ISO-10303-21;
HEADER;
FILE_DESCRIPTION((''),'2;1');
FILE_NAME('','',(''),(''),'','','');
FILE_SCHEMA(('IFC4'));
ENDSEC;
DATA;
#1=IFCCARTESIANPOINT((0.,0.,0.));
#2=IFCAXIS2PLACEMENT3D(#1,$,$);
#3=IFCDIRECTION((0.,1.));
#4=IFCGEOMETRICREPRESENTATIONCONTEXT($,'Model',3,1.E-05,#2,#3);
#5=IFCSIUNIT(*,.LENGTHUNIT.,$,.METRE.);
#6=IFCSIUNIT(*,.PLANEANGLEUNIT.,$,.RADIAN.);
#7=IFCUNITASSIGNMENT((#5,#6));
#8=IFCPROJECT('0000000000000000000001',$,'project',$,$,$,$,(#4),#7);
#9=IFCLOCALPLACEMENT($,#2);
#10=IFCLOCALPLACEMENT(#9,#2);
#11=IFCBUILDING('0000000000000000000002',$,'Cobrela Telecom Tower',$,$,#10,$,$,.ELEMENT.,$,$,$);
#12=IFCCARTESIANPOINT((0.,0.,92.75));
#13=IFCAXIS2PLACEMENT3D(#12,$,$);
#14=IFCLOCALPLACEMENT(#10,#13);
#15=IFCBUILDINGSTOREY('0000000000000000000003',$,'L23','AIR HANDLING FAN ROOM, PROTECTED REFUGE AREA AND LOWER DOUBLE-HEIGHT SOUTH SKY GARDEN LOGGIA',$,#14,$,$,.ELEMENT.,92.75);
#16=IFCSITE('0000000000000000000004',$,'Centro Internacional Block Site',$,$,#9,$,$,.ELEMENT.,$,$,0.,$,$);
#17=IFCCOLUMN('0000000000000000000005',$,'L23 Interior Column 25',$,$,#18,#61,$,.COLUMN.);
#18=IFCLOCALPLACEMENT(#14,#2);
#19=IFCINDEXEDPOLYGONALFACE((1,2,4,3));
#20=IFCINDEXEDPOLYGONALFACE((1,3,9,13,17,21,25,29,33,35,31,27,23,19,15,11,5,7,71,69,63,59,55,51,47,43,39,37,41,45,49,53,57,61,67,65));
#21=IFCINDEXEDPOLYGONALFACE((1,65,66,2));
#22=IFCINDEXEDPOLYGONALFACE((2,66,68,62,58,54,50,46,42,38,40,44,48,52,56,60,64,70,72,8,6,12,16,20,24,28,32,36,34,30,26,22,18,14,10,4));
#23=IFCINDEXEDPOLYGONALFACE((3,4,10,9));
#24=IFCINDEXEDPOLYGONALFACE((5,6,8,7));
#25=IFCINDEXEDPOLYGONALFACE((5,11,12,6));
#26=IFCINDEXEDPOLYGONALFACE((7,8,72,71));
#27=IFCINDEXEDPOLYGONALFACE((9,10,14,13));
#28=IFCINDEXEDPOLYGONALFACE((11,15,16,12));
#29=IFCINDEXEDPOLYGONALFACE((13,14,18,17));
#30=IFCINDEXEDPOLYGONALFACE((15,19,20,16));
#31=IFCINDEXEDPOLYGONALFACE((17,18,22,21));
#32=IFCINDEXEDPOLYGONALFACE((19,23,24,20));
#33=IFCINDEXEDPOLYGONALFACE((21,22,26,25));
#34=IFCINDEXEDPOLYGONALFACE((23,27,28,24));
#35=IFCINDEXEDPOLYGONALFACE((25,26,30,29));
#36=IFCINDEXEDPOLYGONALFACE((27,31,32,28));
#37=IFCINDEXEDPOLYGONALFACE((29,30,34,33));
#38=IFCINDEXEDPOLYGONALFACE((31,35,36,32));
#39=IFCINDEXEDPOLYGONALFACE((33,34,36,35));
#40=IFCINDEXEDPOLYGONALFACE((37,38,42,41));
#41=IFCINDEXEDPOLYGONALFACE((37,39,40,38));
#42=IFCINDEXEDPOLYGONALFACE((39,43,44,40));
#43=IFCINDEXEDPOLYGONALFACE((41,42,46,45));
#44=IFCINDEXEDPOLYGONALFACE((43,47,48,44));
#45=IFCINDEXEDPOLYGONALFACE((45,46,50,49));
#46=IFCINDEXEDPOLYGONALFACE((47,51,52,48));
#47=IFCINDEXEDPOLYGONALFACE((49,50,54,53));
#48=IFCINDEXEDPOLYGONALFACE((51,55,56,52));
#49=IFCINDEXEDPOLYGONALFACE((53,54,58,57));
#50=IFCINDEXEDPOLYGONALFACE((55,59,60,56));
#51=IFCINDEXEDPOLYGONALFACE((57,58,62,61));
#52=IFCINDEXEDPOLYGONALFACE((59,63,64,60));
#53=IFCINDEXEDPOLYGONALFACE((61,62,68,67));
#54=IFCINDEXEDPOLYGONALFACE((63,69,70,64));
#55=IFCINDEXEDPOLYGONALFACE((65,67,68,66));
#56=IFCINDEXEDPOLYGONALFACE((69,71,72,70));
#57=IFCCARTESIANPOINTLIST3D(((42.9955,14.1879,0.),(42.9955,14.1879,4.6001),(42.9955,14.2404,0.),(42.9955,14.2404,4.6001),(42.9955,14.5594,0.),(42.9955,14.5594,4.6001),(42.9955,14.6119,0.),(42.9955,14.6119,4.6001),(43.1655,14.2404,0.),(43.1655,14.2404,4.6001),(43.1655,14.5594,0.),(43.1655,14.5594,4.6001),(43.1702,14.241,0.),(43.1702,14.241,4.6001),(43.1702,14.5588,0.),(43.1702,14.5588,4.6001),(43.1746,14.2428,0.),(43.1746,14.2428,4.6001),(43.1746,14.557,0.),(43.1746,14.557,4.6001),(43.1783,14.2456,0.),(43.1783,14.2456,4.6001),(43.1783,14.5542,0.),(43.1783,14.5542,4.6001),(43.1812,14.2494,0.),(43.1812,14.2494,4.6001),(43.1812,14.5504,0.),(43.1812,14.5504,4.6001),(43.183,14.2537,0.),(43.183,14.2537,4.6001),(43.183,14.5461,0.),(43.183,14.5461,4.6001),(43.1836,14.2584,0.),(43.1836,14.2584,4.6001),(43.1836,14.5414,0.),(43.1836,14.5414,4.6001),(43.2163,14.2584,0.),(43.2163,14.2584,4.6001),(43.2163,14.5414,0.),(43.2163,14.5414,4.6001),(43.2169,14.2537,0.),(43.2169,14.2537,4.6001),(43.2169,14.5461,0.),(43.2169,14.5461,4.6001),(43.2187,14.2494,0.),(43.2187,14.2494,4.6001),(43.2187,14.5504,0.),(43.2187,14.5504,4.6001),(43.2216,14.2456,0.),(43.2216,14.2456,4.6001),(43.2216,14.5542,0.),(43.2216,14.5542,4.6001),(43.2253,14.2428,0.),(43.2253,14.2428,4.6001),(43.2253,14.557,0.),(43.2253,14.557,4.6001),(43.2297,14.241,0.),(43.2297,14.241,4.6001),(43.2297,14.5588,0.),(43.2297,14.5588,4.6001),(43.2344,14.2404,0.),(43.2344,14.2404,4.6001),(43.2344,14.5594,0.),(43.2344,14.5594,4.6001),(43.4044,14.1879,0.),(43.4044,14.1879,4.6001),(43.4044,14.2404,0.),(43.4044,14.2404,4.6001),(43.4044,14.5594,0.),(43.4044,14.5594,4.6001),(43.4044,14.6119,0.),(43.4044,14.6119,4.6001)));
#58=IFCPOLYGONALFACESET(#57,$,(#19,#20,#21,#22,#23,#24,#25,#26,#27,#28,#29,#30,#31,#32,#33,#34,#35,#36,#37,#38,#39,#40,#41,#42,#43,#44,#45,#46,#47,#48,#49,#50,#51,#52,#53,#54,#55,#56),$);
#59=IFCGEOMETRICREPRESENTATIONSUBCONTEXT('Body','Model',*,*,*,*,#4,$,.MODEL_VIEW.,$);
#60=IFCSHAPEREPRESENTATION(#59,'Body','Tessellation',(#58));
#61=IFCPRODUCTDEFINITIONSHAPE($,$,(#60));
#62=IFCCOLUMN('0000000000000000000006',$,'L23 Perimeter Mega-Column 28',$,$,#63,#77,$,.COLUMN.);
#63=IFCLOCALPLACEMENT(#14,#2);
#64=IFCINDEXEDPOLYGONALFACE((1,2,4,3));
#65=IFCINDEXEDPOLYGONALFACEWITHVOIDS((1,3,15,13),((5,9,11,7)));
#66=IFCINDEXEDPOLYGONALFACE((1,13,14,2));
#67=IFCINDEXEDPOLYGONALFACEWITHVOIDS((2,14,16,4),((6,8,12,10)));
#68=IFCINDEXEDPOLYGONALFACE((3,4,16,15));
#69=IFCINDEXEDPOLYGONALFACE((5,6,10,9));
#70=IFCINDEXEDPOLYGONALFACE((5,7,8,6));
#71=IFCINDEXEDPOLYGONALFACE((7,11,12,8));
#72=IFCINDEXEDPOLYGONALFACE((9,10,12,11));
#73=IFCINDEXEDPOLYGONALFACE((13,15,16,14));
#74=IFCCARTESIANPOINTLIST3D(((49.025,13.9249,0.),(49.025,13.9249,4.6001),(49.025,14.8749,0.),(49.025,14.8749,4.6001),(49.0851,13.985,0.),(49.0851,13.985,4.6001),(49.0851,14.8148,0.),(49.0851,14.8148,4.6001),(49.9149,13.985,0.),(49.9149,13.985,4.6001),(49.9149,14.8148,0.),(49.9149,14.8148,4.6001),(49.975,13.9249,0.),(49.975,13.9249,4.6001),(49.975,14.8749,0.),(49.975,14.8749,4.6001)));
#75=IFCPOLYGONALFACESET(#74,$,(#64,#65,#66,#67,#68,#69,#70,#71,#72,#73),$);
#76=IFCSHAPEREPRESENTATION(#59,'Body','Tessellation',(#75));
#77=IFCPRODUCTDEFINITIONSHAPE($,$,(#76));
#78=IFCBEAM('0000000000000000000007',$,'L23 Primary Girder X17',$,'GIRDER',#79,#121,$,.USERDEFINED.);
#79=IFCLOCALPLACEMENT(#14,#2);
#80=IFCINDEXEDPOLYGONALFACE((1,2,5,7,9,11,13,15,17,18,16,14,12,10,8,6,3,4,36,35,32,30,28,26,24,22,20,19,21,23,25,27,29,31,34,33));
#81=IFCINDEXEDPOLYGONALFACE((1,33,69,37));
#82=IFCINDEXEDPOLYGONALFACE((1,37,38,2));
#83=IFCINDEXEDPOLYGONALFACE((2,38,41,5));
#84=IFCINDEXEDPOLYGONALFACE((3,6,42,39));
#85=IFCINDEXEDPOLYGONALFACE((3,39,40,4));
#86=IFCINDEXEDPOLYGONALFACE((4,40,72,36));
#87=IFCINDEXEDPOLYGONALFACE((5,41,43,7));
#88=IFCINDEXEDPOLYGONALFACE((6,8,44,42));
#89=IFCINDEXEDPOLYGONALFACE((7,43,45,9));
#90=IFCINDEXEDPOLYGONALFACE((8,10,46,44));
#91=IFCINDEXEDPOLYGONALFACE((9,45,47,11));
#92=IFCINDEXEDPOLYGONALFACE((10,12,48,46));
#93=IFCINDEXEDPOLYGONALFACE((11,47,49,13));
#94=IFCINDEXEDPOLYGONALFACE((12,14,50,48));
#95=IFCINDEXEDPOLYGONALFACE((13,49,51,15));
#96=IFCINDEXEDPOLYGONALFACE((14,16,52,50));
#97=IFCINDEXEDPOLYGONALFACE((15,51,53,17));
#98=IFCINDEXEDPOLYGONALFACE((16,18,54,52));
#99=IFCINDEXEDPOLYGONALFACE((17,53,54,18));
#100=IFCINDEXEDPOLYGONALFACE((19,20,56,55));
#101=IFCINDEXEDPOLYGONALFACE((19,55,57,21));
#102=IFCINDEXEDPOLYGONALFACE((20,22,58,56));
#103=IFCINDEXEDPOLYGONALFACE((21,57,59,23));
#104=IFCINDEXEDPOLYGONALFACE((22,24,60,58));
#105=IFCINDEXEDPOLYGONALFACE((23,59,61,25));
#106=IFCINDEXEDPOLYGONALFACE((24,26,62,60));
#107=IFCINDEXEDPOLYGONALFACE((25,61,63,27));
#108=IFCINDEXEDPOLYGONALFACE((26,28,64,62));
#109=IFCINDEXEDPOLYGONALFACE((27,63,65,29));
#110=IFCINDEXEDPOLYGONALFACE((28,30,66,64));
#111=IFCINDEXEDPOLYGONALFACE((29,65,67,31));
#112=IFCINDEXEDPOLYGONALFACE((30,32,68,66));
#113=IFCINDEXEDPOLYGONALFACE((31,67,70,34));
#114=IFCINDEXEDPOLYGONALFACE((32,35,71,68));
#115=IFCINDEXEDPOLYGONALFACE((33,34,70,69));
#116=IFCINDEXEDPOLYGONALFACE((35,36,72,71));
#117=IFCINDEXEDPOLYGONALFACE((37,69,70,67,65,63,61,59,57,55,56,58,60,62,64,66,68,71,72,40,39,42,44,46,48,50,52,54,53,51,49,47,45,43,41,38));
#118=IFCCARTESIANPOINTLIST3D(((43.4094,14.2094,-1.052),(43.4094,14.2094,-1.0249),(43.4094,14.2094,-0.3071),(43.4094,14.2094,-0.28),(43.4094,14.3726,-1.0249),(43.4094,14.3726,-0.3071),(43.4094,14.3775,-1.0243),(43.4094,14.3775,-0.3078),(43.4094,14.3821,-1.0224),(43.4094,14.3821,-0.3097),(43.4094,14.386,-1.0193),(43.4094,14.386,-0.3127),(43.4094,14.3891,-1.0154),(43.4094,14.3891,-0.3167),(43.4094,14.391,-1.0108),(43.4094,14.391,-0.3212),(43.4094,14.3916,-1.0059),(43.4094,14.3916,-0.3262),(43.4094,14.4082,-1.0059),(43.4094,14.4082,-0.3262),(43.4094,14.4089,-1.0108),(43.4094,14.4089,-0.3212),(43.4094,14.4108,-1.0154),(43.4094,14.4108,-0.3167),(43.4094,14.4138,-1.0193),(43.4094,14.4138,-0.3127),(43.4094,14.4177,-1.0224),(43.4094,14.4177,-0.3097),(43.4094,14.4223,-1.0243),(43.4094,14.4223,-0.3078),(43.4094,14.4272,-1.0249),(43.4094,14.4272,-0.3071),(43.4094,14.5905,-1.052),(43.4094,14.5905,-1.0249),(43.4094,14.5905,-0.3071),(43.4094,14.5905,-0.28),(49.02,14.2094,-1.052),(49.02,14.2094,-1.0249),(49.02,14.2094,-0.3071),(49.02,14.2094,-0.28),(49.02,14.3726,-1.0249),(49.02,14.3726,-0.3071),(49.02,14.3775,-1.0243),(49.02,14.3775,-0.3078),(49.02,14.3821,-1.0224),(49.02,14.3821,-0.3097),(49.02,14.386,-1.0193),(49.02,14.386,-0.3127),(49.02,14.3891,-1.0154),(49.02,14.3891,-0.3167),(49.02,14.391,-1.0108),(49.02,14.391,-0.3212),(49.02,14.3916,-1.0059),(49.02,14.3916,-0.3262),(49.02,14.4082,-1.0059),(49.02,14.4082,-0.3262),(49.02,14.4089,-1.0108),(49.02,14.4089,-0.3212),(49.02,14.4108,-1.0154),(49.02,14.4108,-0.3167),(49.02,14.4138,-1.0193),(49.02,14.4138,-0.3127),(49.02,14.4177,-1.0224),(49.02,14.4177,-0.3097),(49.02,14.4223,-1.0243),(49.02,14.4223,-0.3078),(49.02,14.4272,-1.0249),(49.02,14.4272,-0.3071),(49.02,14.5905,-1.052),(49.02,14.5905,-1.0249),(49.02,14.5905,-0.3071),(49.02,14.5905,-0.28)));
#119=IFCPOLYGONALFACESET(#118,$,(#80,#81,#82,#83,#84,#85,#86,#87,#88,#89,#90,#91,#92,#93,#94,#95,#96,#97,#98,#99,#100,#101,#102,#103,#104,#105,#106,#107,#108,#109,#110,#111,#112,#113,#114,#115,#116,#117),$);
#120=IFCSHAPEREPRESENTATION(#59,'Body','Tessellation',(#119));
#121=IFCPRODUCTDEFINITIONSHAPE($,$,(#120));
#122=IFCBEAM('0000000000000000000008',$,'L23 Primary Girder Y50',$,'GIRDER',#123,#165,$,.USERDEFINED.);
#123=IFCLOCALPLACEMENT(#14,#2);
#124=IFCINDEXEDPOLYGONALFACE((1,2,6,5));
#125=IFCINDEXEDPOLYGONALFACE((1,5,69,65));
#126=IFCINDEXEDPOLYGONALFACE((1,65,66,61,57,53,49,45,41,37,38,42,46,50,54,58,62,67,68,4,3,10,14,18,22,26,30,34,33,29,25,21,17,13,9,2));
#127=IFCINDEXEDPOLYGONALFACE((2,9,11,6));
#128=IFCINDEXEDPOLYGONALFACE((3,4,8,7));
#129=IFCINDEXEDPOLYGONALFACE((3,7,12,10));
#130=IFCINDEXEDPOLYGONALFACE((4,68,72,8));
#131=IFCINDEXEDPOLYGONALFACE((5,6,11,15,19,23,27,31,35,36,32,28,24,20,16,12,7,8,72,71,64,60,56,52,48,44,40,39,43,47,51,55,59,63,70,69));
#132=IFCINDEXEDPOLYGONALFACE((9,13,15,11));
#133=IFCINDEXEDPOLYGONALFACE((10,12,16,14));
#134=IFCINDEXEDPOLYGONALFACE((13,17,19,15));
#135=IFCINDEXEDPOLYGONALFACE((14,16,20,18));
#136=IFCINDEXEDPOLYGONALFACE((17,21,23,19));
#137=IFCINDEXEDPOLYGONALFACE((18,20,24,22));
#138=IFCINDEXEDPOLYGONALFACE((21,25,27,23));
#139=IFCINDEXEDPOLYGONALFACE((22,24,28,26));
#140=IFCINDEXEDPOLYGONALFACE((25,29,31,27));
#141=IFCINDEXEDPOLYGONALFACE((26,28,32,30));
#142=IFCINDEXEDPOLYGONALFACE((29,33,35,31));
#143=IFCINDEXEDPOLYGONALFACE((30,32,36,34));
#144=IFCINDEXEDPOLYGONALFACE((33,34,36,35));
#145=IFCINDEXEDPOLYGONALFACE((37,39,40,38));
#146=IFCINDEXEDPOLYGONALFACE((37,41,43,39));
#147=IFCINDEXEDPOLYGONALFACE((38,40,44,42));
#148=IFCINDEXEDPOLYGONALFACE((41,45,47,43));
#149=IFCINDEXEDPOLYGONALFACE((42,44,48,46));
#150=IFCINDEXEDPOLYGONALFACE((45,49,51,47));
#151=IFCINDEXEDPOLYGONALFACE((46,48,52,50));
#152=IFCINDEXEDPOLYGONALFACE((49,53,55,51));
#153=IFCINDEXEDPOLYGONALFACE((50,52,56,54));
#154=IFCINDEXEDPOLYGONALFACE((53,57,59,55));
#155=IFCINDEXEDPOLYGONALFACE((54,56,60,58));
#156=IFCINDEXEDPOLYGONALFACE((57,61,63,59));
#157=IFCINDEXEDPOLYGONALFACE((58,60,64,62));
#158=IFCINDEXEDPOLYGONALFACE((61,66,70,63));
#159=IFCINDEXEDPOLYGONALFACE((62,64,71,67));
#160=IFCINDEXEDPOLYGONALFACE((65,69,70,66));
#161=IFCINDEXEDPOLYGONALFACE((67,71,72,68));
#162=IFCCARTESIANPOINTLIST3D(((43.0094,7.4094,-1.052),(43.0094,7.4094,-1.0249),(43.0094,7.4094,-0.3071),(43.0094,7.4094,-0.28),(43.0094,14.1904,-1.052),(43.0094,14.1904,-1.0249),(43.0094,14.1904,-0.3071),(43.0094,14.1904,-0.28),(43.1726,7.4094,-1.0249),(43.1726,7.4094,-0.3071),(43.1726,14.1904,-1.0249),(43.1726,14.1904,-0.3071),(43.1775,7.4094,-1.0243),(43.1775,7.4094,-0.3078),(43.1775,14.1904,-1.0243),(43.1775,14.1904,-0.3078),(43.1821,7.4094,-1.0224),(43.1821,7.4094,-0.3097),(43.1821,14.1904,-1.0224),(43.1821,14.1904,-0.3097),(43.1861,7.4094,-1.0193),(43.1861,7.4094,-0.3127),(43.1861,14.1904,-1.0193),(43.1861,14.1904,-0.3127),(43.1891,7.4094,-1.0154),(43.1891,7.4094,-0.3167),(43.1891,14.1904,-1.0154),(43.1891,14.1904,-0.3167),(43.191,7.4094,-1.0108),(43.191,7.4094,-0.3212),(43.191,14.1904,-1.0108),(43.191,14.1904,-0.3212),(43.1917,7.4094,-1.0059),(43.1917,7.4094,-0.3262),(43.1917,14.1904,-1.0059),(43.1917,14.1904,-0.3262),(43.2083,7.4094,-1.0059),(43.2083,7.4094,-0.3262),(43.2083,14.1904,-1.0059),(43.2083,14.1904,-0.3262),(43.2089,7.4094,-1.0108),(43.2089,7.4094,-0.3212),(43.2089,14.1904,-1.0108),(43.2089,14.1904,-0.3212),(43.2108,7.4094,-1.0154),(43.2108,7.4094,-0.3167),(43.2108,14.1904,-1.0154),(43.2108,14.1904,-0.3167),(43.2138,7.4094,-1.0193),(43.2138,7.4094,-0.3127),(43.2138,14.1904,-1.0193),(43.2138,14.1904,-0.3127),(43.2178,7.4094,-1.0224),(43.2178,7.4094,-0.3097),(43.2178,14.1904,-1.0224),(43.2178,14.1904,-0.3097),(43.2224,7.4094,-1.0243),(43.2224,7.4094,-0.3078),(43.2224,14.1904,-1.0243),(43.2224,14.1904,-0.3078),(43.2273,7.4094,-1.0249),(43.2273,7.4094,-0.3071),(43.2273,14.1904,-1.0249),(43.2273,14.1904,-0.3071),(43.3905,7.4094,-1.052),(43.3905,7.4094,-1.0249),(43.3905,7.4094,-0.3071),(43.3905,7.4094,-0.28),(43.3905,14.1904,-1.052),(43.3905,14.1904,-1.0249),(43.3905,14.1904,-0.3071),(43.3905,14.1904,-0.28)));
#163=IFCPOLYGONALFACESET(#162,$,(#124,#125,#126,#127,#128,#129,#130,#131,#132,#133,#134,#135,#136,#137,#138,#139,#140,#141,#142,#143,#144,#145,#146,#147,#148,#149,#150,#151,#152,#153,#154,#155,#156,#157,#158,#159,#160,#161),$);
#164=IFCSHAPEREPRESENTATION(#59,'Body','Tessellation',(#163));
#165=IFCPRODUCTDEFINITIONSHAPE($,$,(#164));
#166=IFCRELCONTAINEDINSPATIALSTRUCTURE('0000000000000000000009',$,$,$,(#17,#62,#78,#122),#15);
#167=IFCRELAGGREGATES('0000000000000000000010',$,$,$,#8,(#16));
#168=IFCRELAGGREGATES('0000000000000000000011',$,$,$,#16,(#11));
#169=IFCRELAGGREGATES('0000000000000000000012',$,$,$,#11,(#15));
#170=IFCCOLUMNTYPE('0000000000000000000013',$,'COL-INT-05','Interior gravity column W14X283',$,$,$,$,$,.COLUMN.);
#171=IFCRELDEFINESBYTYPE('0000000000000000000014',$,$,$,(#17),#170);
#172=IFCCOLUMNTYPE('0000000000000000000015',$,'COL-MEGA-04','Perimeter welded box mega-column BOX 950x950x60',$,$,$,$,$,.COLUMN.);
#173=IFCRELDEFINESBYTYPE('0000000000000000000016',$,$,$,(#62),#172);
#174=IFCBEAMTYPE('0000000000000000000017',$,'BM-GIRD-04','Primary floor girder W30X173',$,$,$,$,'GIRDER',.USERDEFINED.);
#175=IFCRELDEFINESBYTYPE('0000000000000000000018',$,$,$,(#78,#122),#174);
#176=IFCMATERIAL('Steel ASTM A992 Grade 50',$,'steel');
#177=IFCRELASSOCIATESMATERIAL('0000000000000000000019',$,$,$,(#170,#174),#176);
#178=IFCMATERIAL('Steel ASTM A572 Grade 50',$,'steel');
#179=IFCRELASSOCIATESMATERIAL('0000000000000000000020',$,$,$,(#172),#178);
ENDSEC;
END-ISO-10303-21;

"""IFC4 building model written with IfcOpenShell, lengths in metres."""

from ifc_helpers import new_model, si_unit, direction, frame, origin, origin_2d, place, context, subcontext, project, spatial, hollow_rectangle, i_section, extrude, material, material_profile, profile_set, type_object, element, save


model = new_model("IFC4")

# Units and contexts
model_context = context("Model", 3, precision=1e-05, world=origin(), true_north=direction((0.0, 1.0)))
body_context = subcontext(model_context, "Body", "Model", "MODEL_VIEW")
ifc_project = project(units=[si_unit("LENGTHUNIT", "METRE"), si_unit("PLANEANGLEUNIT", "RADIAN")], contexts=[model_context])

# Site, building, storey
site_placement = place(None, origin())
site = spatial("IfcSite", under=ifc_project, at=site_placement, Name="Centro Internacional Block Site", CompositionType="ELEMENT", RefElevation=0.0)
building_placement = place(site_placement, origin())
building = spatial("IfcBuilding", under=site, at=building_placement, Name="Cobrela Telecom Tower", CompositionType="ELEMENT")
storey_placement = place(building_placement, frame((0.0, 0.0, 92.75)))
storey = spatial("IfcBuildingStorey", under=building, at=storey_placement, Name="L23", Description="AIR HANDLING FAN ROOM, PROTECTED REFUGE AREA AND LOWER DOUBLE-HEIGHT SOUTH SKY GARDEN LOGGIA", CompositionType="ELEMENT", Elevation=92.75)

# Columns
ifc_material_1 = material(Name="Steel ASTM A992 Grade 50", Category="steel")
ifc_material_profile_1 = material_profile(ifc_material_1, i_section(OverallWidth=0.4089, OverallDepth=0.4241, WebThickness=0.0327, FlangeThickness=0.0525, FilletRadius=0.0181, at=origin_2d()), Name="W14X283")
ifc_profile_set_1 = profile_set([ifc_material_profile_1], Name="Steel ASTM A992 Grade 50")
column_type_1 = type_object("IfcColumnType", Name="COL-INT-05", Description="Interior gravity column W14X283", PredefinedType="COLUMN", material=ifc_profile_set_1)
column_1_placement = place(storey_placement, frame((43.2, 14.3999, 0.0), z_axis=(0.0, 0.0, 1.0), x_axis=(1.0, 0.0, 0.0)))
element("IfcColumn", 1, at=column_1_placement, inside=storey, type_object=column_type_1, Name="L23 Interior Column 25", PredefinedType="COLUMN", context=body_context, shape_type="SweptSolid", body=[
    extrude(i_section(OverallWidth=0.4089, OverallDepth=0.4241, WebThickness=0.0327, FlangeThickness=0.0525, FilletRadius=0.0181, at=origin_2d()), origin(), (0.0, 0.0, 1.0), 4.6001),
])
ifc_material_2 = material(Name="Steel ASTM A572 Grade 50", Category="steel")
ifc_material_profile_2 = material_profile(ifc_material_2, hollow_rectangle(XDim=0.95, YDim=0.95, WallThickness=0.0601, at=origin_2d()), Name="BOX 950x950x60")
ifc_profile_set_2 = profile_set([ifc_material_profile_2], Name="Steel ASTM A572 Grade 50")
column_type_2 = type_object("IfcColumnType", Name="COL-MEGA-04", Description="Perimeter welded box mega-column BOX 950x950x60", PredefinedType="COLUMN", material=ifc_profile_set_2)
column_2_placement = place(storey_placement, frame((49.5, 14.3999, 0.0), z_axis=(0.0, 0.0, 1.0), x_axis=(1.0, 0.0, 0.0)))
element("IfcColumn", 2, at=column_2_placement, inside=storey, type_object=column_type_2, Name="L23 Perimeter Mega-Column 28", PredefinedType="COLUMN", context=body_context, shape_type="SweptSolid", body=[
    extrude(hollow_rectangle(XDim=0.95, YDim=0.95, WallThickness=0.0601, at=origin_2d()), origin(), (0.0, 0.0, 1.0), 4.6001),
])

# Beams
ifc_material_profile_3 = material_profile(ifc_material_1, i_section(OverallWidth=0.3811, OverallDepth=0.772, WebThickness=0.0166, FlangeThickness=0.0271, FilletRadius=0.019, at=origin_2d()), Name="W30X173")
ifc_profile_set_3 = profile_set([ifc_material_profile_3], Name="Steel ASTM A992 Grade 50")
beam_type_1 = type_object("IfcBeamType", Name="BM-GIRD-04", Description="Primary floor girder W30X173", ElementType="GIRDER", PredefinedType="USERDEFINED", material=ifc_profile_set_3)
beam_1_placement = place(storey_placement, frame((43.4094, 14.3999, -0.666), z_axis=(1.0, 0.0, 0.0), x_axis=(0.0, 1.0, 0.0)))
element("IfcBeam", 3, at=beam_1_placement, inside=storey, type_object=beam_type_1, Name="L23 Primary Girder X17", ObjectType="GIRDER", PredefinedType="USERDEFINED", context=body_context, shape_type="SweptSolid", body=[
    extrude(i_section(OverallWidth=0.3811, OverallDepth=0.772, WebThickness=0.0166, FlangeThickness=0.0271, FilletRadius=0.019, at=origin_2d()), origin(), (0.0, 0.0, 1.0), 5.6106),
])
beam_2_placement = place(storey_placement, frame((43.2, 7.4094, -0.666), z_axis=(0.0, 1.0, 0.0), x_axis=(-1.0, 0.0, 0.0)))
element("IfcBeam", 4, at=beam_2_placement, inside=storey, type_object=beam_type_1, Name="L23 Primary Girder Y50", ObjectType="GIRDER", PredefinedType="USERDEFINED", context=body_context, shape_type="SweptSolid", body=[
    extrude(i_section(OverallWidth=0.3811, OverallDepth=0.772, WebThickness=0.0166, FlangeThickness=0.0271, FilletRadius=0.019, at=origin_2d()), origin(), (0.0, 0.0, 1.0), 6.781),
])

save(model, "model.ifc")
